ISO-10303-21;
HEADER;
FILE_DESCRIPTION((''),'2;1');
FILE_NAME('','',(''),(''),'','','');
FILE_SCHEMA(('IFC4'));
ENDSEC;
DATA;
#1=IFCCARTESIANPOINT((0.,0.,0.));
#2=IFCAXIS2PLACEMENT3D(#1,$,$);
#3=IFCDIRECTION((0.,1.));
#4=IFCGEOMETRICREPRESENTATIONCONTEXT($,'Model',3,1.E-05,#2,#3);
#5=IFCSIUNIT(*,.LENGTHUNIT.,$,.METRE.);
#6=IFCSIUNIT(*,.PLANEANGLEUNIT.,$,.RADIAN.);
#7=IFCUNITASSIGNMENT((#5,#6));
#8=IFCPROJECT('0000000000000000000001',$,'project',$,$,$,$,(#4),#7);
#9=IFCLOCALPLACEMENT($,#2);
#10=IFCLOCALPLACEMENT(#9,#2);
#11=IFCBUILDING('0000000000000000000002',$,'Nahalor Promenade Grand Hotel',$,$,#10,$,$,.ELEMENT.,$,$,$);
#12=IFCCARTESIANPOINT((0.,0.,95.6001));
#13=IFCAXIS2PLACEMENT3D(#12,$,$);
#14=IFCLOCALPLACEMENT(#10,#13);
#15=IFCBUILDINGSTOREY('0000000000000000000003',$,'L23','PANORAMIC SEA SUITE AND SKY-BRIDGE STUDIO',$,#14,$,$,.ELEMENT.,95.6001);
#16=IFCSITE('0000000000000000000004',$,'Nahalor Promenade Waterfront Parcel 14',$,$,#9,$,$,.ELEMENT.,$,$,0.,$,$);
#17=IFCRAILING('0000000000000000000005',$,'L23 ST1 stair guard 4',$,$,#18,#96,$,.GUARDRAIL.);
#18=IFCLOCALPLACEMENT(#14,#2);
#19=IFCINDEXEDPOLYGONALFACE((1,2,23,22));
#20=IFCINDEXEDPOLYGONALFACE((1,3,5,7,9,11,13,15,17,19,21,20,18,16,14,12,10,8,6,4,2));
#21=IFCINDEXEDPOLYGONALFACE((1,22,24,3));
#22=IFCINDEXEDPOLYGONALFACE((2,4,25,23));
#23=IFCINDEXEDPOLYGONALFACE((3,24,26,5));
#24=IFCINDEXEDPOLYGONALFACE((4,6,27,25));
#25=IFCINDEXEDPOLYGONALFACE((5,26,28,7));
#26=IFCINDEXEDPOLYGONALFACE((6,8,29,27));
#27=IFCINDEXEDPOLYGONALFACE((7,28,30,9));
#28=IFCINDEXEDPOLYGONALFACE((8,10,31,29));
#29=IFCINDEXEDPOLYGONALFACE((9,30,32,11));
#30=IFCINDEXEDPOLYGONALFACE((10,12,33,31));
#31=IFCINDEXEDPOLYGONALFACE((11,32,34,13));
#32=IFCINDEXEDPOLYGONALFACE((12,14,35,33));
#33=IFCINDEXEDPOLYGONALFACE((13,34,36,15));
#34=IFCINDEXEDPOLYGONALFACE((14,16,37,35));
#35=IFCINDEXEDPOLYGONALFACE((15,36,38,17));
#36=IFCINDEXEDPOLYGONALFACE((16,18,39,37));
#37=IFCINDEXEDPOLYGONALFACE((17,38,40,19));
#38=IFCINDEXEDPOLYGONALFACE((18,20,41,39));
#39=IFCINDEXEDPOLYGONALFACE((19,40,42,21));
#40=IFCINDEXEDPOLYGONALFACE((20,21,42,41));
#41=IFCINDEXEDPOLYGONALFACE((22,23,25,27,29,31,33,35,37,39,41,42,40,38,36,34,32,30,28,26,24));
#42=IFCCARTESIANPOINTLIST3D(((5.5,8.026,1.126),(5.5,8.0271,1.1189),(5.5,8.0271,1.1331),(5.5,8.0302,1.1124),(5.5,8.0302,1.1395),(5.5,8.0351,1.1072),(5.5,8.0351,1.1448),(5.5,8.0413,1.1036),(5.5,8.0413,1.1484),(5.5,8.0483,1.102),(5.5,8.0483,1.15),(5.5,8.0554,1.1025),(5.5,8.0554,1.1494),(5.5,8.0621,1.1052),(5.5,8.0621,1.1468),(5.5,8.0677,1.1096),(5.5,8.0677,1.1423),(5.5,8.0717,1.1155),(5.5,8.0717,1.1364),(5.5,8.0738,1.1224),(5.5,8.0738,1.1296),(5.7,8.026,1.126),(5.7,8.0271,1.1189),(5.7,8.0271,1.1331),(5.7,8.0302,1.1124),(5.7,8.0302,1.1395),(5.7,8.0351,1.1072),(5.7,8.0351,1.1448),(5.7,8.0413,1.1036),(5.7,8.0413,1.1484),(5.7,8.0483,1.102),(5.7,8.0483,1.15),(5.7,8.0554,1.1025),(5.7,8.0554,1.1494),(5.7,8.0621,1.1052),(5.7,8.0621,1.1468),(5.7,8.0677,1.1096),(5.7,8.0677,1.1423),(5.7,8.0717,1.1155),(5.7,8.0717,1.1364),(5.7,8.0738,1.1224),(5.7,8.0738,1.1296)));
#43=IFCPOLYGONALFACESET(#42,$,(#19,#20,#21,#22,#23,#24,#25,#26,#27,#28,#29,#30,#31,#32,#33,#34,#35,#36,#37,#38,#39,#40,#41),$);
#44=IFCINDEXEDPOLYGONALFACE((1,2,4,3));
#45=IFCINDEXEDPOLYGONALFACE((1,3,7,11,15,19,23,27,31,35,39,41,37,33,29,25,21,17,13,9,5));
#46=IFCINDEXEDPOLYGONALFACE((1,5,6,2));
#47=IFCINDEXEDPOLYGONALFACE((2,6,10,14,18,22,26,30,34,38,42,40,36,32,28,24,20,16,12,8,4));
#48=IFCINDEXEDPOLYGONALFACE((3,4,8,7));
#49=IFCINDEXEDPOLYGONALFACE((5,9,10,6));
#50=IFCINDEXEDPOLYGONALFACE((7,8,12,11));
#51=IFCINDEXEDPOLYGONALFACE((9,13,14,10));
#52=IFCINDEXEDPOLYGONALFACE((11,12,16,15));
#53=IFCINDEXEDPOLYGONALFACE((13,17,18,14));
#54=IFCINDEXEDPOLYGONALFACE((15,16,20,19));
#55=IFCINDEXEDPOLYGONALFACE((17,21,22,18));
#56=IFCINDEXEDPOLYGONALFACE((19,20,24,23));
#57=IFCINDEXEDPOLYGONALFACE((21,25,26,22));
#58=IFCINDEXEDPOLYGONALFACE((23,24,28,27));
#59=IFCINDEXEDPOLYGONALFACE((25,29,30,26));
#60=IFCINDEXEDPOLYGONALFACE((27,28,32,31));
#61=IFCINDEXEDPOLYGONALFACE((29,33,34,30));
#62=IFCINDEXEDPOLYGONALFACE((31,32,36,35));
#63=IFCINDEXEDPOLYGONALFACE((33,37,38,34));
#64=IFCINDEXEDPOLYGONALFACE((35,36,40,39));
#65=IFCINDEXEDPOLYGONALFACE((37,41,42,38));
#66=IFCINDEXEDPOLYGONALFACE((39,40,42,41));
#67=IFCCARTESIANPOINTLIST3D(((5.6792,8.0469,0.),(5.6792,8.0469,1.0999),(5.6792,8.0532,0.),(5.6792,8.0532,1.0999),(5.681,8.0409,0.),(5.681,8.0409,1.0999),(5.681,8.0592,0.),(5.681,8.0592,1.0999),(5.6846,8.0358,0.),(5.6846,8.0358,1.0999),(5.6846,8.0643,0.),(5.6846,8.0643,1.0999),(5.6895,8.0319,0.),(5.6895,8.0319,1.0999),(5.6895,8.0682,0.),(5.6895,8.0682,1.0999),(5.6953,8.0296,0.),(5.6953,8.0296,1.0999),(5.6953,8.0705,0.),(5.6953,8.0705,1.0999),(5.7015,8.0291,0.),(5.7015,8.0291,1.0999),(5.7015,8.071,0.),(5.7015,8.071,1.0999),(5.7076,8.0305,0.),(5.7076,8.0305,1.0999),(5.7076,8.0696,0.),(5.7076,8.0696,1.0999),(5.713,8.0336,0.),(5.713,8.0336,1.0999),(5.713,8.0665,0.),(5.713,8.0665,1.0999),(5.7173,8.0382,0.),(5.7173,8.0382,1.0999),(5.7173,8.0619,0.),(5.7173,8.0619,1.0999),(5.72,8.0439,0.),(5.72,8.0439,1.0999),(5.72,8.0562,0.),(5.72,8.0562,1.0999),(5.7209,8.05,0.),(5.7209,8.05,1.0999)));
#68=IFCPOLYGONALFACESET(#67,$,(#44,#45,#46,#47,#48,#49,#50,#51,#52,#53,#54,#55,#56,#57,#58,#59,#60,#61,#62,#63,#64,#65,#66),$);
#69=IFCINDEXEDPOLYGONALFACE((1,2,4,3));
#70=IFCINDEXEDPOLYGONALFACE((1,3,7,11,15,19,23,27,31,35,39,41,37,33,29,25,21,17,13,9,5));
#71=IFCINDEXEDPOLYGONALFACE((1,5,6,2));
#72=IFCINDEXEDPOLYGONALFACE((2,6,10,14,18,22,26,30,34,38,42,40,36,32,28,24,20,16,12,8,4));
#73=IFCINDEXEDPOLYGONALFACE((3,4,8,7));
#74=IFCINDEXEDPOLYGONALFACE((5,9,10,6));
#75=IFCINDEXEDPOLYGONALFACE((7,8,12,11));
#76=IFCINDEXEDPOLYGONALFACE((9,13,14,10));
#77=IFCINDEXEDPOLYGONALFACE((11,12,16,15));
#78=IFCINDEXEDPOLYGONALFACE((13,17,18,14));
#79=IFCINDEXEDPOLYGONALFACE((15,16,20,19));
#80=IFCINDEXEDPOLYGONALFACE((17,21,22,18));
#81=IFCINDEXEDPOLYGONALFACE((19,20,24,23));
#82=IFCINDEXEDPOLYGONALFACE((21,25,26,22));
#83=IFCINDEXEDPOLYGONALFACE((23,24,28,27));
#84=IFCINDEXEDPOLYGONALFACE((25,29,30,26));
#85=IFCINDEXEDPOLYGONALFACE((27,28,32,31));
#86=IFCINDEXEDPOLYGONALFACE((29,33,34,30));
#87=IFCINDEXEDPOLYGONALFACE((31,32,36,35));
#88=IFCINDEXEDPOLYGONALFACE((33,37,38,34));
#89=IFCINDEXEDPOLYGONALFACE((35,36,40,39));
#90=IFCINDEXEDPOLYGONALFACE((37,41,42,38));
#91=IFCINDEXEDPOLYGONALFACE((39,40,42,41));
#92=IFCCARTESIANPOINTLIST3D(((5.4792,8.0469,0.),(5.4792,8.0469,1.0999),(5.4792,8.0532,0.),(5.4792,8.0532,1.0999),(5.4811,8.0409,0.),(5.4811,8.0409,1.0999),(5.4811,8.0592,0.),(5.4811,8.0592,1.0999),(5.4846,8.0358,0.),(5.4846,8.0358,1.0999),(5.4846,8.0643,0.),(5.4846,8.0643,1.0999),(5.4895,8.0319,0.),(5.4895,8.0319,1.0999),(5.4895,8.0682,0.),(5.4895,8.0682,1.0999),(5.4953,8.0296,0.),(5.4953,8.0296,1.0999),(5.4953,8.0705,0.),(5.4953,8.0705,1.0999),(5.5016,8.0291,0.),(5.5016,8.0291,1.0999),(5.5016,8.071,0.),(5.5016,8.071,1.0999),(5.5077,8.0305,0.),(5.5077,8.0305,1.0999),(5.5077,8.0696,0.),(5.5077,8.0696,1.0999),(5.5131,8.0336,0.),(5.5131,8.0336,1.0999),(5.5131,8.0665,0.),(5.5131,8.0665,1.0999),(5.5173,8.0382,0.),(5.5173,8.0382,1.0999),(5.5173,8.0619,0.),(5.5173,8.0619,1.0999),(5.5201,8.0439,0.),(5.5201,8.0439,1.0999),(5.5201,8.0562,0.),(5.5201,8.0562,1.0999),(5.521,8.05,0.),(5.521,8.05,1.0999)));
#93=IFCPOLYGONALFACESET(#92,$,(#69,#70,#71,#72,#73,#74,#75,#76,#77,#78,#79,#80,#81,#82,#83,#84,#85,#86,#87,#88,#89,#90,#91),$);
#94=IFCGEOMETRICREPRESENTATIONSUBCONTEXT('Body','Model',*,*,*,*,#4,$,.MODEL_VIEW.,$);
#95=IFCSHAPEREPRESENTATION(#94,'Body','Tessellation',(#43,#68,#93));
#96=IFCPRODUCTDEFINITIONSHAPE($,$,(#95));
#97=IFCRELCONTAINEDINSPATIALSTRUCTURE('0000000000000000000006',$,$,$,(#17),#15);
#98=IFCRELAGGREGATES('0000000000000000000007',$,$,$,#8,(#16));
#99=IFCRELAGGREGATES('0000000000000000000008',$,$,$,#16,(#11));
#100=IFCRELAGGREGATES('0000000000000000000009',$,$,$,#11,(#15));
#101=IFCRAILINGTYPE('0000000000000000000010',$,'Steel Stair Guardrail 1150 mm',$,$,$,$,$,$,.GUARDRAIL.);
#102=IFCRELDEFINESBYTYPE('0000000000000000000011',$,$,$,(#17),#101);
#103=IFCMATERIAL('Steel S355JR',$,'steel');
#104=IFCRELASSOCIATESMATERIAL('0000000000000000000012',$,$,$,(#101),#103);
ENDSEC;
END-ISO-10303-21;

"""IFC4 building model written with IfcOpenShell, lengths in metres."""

from ifc_helpers import new_model, si_unit, direction, frame, origin, origin_2d, place, context, subcontext, project, spatial, circle, extrude, material, type_object, element, save


model = new_model("IFC4")

# Units and contexts
model_context = context("Model", 3, precision=1e-05, world=origin(), true_north=direction((0.0, 1.0)))
body_context = subcontext(model_context, "Body", "Model", "MODEL_VIEW")
ifc_project = project(units=[si_unit("LENGTHUNIT", "METRE"), si_unit("PLANEANGLEUNIT", "RADIAN")], contexts=[model_context])

# Site, building, storey
site_placement = place(None, origin())
site = spatial("IfcSite", under=ifc_project, at=site_placement, Name="Nahalor Promenade Waterfront Parcel 14", CompositionType="ELEMENT", RefElevation=0.0)
building_placement = place(site_placement, origin())
building = spatial("IfcBuilding", under=site, at=building_placement, Name="Nahalor Promenade Grand Hotel", CompositionType="ELEMENT")
storey_placement = place(building_placement, frame((0.0, 0.0, 95.6001)))
storey = spatial("IfcBuildingStorey", under=building, at=storey_placement, Name="L23", Description="PANORAMIC SEA SUITE AND SKY-BRIDGE STUDIO", CompositionType="ELEMENT", Elevation=95.6001)

# Shared definitions
ifc_material_1 = material(Name="Steel S355JR", Category="steel")

# Railing
railing_type_1 = type_object("IfcRailingType", Name="Steel Stair Guardrail 1150 mm", PredefinedType="GUARDRAIL", material=ifc_material_1)
railing_1_placement = place(storey_placement, frame((5.7, 8.05, 0.0)))
element("IfcRailing", 1, at=railing_1_placement, inside=storey, type_object=railing_type_1, Name="L23 ST1 stair guard 4", PredefinedType="GUARDRAIL", context=body_context, shape_type="SweptSolid", body=[
    extrude(circle(Radius=0.024, at=origin_2d()), frame((0.0, 0.0, 1.126), z_axis=(-1.0, 0.0, 0.0), x_axis=(0.0, -1.0, 0.0)), (0.0, 0.0, 1.0), 0.2),
    extrude(circle(Radius=0.021, at=origin_2d()), origin(), (0.0, 0.0, 1.0), 1.0999),
    extrude(circle(Radius=0.021, at=origin_2d()), frame((-0.2, 0.0, 0.0)), (0.0, 0.0, 1.0), 1.0999),
])

save(model, "model.ifc")
